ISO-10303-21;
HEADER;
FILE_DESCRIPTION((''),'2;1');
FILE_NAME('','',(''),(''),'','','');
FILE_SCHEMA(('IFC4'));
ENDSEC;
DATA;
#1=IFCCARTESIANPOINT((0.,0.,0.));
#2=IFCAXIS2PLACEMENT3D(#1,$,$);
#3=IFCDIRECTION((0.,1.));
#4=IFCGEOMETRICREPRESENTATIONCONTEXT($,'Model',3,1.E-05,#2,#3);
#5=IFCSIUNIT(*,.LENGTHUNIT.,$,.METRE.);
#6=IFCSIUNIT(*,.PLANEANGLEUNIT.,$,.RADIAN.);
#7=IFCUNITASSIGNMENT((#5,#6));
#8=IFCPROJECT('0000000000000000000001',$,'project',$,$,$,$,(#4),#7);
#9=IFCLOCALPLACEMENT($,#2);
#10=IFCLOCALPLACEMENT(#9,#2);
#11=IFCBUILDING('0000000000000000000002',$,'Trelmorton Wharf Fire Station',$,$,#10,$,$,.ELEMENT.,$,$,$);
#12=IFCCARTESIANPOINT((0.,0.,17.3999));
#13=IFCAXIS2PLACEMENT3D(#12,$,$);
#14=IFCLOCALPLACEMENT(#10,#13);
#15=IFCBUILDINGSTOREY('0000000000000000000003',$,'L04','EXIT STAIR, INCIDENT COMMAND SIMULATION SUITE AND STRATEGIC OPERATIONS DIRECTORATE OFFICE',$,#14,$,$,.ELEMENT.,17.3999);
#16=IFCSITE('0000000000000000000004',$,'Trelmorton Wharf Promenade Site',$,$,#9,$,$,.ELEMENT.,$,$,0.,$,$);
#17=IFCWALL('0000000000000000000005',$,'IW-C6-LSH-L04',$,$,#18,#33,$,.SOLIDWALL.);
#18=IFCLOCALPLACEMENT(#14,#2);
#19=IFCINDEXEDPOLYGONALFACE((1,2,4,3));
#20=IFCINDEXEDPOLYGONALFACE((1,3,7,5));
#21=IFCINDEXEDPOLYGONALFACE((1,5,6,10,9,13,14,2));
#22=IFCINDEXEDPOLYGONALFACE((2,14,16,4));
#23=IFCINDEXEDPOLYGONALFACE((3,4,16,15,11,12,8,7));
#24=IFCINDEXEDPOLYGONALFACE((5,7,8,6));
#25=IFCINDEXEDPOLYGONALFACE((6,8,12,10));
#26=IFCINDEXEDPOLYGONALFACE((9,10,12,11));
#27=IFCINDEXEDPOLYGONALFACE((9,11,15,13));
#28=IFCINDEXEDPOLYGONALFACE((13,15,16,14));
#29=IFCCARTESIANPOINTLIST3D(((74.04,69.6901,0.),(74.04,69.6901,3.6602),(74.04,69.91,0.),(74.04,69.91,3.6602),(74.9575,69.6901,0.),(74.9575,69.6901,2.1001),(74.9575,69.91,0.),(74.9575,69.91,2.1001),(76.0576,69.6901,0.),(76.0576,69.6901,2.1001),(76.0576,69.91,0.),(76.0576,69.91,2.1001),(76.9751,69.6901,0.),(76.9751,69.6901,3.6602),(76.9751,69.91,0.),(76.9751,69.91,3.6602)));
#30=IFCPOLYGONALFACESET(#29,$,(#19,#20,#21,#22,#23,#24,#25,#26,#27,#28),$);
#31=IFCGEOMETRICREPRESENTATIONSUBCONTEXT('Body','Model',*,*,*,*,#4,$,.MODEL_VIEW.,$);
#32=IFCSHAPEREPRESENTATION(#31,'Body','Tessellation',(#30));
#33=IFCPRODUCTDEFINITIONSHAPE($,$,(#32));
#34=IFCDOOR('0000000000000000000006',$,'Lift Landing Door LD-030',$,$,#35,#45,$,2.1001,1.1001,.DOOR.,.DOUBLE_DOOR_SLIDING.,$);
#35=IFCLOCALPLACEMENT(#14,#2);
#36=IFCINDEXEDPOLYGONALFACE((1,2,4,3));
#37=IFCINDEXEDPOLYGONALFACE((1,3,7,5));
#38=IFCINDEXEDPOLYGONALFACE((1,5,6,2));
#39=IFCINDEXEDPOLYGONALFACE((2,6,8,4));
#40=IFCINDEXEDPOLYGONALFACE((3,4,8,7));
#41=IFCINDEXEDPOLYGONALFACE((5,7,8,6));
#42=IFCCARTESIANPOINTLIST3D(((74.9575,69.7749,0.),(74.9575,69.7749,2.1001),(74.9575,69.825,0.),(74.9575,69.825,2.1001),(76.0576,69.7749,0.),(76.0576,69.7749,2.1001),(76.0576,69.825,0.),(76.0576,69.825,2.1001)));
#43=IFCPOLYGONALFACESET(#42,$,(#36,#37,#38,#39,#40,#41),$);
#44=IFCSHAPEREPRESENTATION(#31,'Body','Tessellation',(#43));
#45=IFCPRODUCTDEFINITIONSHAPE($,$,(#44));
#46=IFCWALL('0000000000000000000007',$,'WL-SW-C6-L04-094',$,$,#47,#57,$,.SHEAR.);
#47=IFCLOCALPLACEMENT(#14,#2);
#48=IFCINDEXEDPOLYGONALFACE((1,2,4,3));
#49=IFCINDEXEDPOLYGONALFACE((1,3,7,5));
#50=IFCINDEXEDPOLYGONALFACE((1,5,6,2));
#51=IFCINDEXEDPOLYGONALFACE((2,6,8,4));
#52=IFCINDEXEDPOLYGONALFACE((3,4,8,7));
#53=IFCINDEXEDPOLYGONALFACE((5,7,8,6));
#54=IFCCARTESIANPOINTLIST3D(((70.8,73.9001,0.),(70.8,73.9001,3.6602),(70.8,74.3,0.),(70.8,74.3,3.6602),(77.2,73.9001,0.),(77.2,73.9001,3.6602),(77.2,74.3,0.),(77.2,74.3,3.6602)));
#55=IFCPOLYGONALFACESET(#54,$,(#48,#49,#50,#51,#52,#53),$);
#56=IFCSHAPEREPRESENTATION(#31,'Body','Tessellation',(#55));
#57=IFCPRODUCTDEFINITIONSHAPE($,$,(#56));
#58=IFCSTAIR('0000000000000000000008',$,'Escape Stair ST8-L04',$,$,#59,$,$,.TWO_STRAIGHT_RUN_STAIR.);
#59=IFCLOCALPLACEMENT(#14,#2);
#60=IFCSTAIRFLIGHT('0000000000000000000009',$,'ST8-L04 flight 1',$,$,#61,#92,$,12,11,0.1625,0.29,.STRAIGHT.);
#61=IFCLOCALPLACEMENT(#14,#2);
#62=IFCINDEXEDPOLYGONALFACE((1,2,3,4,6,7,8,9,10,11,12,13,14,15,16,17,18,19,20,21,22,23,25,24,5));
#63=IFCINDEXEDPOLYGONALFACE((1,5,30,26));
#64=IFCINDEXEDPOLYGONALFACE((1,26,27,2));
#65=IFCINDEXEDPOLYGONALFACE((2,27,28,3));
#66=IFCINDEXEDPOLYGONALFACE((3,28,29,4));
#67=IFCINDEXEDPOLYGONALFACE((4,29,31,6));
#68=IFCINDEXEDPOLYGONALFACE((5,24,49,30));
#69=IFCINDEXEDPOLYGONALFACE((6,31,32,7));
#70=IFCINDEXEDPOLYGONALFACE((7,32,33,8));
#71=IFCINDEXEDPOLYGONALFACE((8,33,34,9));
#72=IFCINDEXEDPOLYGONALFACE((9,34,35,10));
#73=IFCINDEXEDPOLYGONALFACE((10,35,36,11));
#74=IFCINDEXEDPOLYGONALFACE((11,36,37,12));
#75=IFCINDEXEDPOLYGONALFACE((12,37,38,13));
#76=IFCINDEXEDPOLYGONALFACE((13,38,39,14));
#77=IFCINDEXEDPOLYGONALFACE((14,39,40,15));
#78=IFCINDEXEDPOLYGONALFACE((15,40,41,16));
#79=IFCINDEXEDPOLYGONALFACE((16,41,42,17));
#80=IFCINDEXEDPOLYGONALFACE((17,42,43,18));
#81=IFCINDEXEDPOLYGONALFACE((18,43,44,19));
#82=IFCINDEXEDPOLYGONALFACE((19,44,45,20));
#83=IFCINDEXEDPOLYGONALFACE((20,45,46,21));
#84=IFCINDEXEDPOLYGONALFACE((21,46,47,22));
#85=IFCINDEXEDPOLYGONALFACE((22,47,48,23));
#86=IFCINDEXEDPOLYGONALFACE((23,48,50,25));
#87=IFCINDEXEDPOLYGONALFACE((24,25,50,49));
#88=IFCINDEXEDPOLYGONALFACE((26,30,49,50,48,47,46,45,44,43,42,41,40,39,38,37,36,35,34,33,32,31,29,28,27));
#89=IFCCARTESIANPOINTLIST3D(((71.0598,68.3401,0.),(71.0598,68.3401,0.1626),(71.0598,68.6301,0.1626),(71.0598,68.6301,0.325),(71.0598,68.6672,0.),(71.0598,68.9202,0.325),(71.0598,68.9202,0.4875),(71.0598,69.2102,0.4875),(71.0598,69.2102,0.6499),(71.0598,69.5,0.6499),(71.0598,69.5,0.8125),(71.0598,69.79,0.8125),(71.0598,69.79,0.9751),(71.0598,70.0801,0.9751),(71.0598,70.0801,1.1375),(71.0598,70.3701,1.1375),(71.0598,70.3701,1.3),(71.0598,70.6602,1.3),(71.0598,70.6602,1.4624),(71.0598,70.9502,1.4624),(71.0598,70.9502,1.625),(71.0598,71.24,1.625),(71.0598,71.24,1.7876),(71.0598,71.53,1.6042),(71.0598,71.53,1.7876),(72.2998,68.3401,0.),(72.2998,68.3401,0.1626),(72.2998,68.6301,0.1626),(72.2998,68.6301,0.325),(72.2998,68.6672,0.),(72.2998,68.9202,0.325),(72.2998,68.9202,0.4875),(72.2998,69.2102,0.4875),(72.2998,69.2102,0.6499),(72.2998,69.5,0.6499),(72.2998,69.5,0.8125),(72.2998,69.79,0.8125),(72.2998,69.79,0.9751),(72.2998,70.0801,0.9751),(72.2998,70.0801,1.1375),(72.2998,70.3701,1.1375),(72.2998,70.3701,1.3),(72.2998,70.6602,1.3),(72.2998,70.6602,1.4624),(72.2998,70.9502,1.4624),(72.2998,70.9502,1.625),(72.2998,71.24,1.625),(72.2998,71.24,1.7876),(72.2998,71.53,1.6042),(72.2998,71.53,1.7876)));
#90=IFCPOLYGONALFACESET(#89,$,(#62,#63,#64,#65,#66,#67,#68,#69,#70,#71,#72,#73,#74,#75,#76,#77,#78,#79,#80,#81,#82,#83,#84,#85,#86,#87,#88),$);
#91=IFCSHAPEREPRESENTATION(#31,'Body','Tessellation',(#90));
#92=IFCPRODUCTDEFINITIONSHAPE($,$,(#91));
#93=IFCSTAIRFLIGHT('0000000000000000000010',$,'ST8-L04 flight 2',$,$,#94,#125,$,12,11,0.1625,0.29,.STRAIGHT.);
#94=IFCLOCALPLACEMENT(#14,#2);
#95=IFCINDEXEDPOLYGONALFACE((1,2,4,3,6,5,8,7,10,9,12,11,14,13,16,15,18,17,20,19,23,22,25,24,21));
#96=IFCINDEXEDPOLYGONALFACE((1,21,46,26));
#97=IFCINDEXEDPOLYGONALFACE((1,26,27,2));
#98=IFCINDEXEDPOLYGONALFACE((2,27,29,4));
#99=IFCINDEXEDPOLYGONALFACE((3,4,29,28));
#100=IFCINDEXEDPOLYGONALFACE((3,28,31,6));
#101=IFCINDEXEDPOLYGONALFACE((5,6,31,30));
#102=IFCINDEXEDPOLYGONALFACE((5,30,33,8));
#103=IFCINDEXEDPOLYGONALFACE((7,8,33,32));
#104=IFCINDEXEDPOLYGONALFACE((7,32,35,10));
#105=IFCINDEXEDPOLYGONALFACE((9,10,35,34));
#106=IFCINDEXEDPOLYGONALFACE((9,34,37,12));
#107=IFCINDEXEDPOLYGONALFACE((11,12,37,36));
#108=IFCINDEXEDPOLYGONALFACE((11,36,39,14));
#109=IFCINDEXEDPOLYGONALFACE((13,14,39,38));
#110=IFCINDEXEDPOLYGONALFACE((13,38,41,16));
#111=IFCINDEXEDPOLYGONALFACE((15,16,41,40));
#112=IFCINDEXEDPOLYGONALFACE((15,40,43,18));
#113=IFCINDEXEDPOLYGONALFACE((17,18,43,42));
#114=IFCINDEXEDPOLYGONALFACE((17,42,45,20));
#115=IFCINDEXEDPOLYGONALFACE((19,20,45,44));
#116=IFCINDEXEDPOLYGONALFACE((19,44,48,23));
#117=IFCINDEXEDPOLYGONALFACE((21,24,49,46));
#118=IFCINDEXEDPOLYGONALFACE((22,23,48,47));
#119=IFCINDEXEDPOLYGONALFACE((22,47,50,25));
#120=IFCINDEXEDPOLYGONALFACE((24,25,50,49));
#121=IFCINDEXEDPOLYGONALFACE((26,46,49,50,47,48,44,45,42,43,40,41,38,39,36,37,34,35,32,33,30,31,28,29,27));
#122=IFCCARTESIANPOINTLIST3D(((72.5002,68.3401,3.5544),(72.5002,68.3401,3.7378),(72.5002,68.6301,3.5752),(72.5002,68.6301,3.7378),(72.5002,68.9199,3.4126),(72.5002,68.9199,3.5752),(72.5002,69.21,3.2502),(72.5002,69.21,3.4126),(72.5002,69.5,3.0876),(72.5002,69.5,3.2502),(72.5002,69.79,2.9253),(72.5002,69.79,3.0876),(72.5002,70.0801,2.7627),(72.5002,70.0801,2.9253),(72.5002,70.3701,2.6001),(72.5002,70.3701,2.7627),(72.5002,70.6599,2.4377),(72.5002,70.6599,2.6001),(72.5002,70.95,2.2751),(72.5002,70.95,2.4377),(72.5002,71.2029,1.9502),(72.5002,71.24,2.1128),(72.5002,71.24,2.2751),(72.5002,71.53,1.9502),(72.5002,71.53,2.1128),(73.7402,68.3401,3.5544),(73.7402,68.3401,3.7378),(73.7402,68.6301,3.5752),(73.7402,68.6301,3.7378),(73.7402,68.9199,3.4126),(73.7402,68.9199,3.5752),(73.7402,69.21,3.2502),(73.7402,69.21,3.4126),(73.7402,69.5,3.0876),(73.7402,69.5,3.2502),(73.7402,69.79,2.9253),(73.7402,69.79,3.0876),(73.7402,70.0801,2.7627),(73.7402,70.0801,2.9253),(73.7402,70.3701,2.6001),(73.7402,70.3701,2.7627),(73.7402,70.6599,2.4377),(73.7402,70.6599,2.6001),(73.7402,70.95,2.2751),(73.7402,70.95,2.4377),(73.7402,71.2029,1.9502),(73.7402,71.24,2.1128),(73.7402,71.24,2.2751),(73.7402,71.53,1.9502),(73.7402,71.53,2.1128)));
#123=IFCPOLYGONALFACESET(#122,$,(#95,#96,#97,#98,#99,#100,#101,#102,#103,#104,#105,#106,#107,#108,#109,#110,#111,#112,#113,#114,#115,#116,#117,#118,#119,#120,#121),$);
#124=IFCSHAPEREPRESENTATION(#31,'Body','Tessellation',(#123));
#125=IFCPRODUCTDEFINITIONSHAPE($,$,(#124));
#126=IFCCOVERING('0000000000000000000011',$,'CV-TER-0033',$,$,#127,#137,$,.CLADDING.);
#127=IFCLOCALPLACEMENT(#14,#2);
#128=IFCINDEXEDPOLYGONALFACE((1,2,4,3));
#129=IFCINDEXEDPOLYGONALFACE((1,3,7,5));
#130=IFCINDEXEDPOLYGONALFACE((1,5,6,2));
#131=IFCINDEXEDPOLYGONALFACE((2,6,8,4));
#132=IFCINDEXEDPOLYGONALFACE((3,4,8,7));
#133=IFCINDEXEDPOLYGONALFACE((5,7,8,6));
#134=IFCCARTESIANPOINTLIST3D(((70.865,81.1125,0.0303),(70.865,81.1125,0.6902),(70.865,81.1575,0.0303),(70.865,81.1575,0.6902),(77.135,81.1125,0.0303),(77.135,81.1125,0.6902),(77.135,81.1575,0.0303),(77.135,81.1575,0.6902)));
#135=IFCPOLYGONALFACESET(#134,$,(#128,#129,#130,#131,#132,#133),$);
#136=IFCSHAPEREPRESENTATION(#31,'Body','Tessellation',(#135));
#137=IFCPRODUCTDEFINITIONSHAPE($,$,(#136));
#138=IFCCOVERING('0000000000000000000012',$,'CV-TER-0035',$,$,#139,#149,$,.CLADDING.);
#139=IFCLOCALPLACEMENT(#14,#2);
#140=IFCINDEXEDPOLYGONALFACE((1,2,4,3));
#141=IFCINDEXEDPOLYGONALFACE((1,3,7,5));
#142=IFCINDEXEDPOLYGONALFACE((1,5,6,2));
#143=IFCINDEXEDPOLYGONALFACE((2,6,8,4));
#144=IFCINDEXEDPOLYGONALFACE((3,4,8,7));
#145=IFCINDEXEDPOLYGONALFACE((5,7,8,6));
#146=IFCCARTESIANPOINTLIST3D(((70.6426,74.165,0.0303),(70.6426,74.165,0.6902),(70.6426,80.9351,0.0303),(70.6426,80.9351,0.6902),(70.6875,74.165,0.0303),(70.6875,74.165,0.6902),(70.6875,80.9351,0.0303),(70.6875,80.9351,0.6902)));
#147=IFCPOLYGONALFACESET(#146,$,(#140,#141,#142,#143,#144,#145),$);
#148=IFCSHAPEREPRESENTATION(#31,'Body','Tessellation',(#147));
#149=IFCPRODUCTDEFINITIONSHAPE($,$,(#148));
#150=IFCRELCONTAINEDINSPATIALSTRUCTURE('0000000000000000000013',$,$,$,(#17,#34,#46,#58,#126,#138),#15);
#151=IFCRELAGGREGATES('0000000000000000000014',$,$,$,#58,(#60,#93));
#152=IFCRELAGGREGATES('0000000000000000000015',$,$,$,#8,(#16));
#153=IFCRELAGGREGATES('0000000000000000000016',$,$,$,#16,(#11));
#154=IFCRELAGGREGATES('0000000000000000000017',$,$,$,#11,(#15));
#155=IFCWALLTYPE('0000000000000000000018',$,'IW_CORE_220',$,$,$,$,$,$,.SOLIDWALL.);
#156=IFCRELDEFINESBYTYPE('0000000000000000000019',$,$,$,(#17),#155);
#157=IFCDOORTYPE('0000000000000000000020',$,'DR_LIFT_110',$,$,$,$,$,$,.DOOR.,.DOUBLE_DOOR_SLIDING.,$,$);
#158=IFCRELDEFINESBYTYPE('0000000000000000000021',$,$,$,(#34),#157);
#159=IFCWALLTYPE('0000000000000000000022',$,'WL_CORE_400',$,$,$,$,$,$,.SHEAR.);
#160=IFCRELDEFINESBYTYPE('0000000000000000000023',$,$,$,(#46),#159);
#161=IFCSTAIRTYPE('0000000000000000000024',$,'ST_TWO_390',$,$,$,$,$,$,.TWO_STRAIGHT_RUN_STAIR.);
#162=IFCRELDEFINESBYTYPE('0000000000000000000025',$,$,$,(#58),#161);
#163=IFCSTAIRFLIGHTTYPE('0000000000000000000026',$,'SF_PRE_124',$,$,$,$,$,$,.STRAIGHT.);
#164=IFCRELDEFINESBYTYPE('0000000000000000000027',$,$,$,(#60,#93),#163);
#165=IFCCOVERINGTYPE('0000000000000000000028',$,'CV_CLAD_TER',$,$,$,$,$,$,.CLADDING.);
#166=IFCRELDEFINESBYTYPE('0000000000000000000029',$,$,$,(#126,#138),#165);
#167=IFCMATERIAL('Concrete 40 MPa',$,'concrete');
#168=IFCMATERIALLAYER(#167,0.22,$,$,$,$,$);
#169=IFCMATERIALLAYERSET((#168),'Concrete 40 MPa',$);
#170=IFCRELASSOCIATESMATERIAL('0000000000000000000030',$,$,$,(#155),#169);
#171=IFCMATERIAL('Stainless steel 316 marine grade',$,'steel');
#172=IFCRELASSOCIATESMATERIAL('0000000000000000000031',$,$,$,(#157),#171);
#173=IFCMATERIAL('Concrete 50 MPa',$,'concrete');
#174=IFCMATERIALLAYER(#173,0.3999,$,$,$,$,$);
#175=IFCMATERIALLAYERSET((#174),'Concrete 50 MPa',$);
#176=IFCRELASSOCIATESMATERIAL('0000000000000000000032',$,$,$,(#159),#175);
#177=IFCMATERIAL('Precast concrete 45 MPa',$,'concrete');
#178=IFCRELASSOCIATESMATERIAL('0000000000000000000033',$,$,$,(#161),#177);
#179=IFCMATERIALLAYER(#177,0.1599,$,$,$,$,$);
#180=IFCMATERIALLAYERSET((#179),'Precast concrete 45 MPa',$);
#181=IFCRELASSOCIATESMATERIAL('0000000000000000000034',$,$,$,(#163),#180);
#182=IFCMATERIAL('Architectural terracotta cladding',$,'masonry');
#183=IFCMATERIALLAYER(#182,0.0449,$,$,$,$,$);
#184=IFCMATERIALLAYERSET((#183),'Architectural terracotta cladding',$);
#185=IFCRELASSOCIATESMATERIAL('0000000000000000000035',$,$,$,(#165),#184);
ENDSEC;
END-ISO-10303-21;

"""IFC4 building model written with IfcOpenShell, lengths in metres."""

from ifc_helpers import new_model, si_unit, direction, frame, frame_2d, origin, origin_2d, place, context, subcontext, project, spatial, polyline, rectangle, outline, extrude, material, layer, layer_set, type_object, element, fill, aggregate, save


model = new_model("IFC4")

# Units and contexts
model_context = context("Model", 3, precision=1e-05, world=origin(), true_north=direction((0.0, 1.0)))
body_context = subcontext(model_context, "Body", "Model", "MODEL_VIEW")
ifc_project = project(units=[si_unit("LENGTHUNIT", "METRE"), si_unit("PLANEANGLEUNIT", "RADIAN")], contexts=[model_context])

# Site, building, storey
site_placement = place(None, origin())
site = spatial("IfcSite", under=ifc_project, at=site_placement, Name="Trelmorton Wharf Promenade Site", CompositionType="ELEMENT", RefElevation=0.0)
building_placement = place(site_placement, origin())
building = spatial("IfcBuilding", under=site, at=building_placement, Name="Trelmorton Wharf Fire Station", CompositionType="ELEMENT")
storey_placement = place(building_placement, frame((0.0, 0.0, 17.3999)))
storey = spatial("IfcBuildingStorey", under=building, at=storey_placement, Name="L04", Description="EXIT STAIR, INCIDENT COMMAND SIMULATION SUITE AND STRATEGIC OPERATIONS DIRECTORATE OFFICE", CompositionType="ELEMENT", Elevation=17.3999)

# Shared definitions
ifc_material_1 = material(Name="Precast concrete 45 MPa", Category="concrete")

# Shared definitions
ifc_material_2 = material(Name="Concrete 40 MPa", Category="concrete")
ifc_layer_1 = layer(ifc_material_2, 0.22)
ifc_layer_set_1 = layer_set([ifc_layer_1], Name="Concrete 40 MPa")
wall_type_1 = type_object("IfcWallType", Name="IW_CORE_220", PredefinedType="SOLIDWALL", material=ifc_layer_set_1)

# Wall, opening, door
wall_1_placement = place(storey_placement, frame((74.04, 69.8, 0.0), z_axis=(0.0, 0.0, 1.0), x_axis=(1.0, 0.0, 0.0)))
wall_1 = element("IfcWall", 1, at=wall_1_placement, inside=storey, type_object=wall_type_1, Name="IW-C6-LSH-L04", PredefinedType="SOLIDWALL", context=body_context, shape_type="SweptSolid", body=[
    extrude(rectangle(XDim=2.9351, YDim=0.22, at=frame_2d((1.4675, 0.0))), origin(), (0.0, 0.0, 1.0), 3.6602),
])
opening_1_placement = place(wall_1_placement, frame((0.9175, 0.0, 0.0)))
opening_1 = element("IfcOpeningElement", 2, at=opening_1_placement, cuts=wall_1, PredefinedType="OPENING", context=body_context, shape_type="SweptSolid", body=[
    extrude(rectangle(XDim=1.1001, YDim=2.1001, at=frame_2d((0.55, 1.05))), frame((0.0, 0.1201, 0.0), z_axis=(0.0, -1.0, 0.0), x_axis=(1.0, 0.0, 0.0)), (0.0, 0.0, 1.0), 0.24),
])
ifc_material_3 = material(Name="Stainless steel 316 marine grade", Category="steel")
door_type = type_object("IfcDoorType", Name="DR_LIFT_110", OperationType="DOUBLE_DOOR_SLIDING", PredefinedType="DOOR", material=ifc_material_3)
door_placement = place(opening_1_placement, origin())
door = element("IfcDoor", 3, at=door_placement, inside=storey, type_object=door_type, Name="Lift Landing Door LD-030", OperationType="DOUBLE_DOOR_SLIDING", OverallHeight=2.1001, OverallWidth=1.1001, PredefinedType="DOOR", context=body_context, shape_type="SweptSolid", body=[
    extrude(rectangle(XDim=1.1001, YDim=2.1001, at=frame_2d((0.55, 1.05))), frame((0.0, 0.0249, 0.0), z_axis=(0.0, -1.0, 0.0), x_axis=(1.0, 0.0, 0.0)), (0.0, 0.0, 1.0), 0.05),
])
fill(opening_1, door)

# Wall
ifc_material_4 = material(Name="Concrete 50 MPa", Category="concrete")
ifc_layer_2 = layer(ifc_material_4, 0.3999)
ifc_layer_set_2 = layer_set([ifc_layer_2], Name="Concrete 50 MPa")
wall_type_2 = type_object("IfcWallType", Name="WL_CORE_400", PredefinedType="SHEAR", material=ifc_layer_set_2)
wall_2_placement = place(storey_placement, frame((70.8, 74.1001, 0.0), z_axis=(0.0, 0.0, 1.0), x_axis=(1.0, 0.0, 0.0)))
element("IfcWall", 4, at=wall_2_placement, inside=storey, type_object=wall_type_2, Name="WL-SW-C6-L04-094", PredefinedType="SHEAR", context=body_context, shape_type="SweptSolid", body=[
    extrude(rectangle(XDim=6.3999, YDim=0.3999, at=frame_2d((3.2, 0.0))), origin(), (0.0, 0.0, 1.0), 3.6602),
])

# Stair, stair flights
stair_type = type_object("IfcStairType", Name="ST_TWO_390", PredefinedType="TWO_STRAIGHT_RUN_STAIR", material=ifc_material_1)
stair_placement = place(storey_placement, origin())
stair = element("IfcStair", 5, at=stair_placement, inside=storey, type_object=stair_type, Name="Escape Stair ST8-L04", PredefinedType="TWO_STRAIGHT_RUN_STAIR")
ifc_layer_3 = layer(ifc_material_1, 0.1599)
ifc_layer_set_3 = layer_set([ifc_layer_3], Name="Precast concrete 45 MPa")
stair_flight_type = type_object("IfcStairFlightType", Name="SF_PRE_124", PredefinedType="STRAIGHT", material=ifc_layer_set_3)
stair_flight_1_placement = place(storey_placement, frame((71.6799, 68.3401, 0.0), z_axis=(0.0, 0.0, 1.0), x_axis=(0.0, 1.0, 0.0)))
stair_flight_1 = element("IfcStairFlight", 6, at=stair_flight_1_placement, type_object=stair_flight_type, Name="ST8-L04 flight 1", NumberOfRisers=12, NumberOfTreads=11, PredefinedType="STRAIGHT", RiserHeight=0.1625, TreadLength=0.29, context=body_context, shape_type="SweptSolid", body=[
    extrude(outline(polyline([(0.0, 0.0), (0.0, 0.1626), (0.29, 0.1626), (0.29, 0.325), (0.5801, 0.325), (0.5801, 0.4875), (0.8701, 0.4875), (0.8701, 0.6499), (1.1599, 0.6499), (1.1599, 0.8125), (1.45, 0.8125), (1.45, 0.9751), (1.74, 0.9751), (1.74, 1.1375), (2.03, 1.1375), (2.03, 1.3), (2.3201, 1.3), (2.3201, 1.4624), (2.6101, 1.4624), (2.6101, 1.625), (2.8999, 1.625), (2.8999, 1.7876), (3.1899, 1.7876), (3.1899, 1.95), (3.1899, 1.6042), (0.3271, 0.0), (0.0, 0.0)])), frame((0.0, 0.6201, 0.0), z_axis=(0.0, -1.0, 0.0), x_axis=(1.0, 0.0, 0.0)), (0.0, 0.0, 1.0), 1.24),
])
stair_flight_2_placement = place(storey_placement, frame((73.1201, 71.53, 1.9502), z_axis=(0.0, 0.0, 1.0), x_axis=(0.0, -1.0, 0.0)))
stair_flight_2 = element("IfcStairFlight", 7, at=stair_flight_2_placement, type_object=stair_flight_type, Name="ST8-L04 flight 2", NumberOfRisers=12, NumberOfTreads=11, PredefinedType="STRAIGHT", RiserHeight=0.1625, TreadLength=0.29, context=body_context, shape_type="SweptSolid", body=[
    extrude(outline(polyline([(0.0, 0.0), (0.0, 0.1626), (0.29, 0.1626), (0.29, 0.325), (0.5801, 0.325), (0.5801, 0.4875), (0.8701, 0.4875), (0.8701, 0.6499), (1.1599, 0.6499), (1.1599, 0.8125), (1.45, 0.8125), (1.45, 0.9751), (1.74, 0.9751), (1.74, 1.1375), (2.03, 1.1375), (2.03, 1.3), (2.3201, 1.3), (2.3201, 1.4624), (2.6101, 1.4624), (2.6101, 1.625), (2.8999, 1.625), (2.8999, 1.7876), (3.1899, 1.7876), (3.1899, 1.95), (3.1899, 1.6042), (0.3271, 0.0), (0.0, 0.0)])), frame((0.0, 0.6201, 0.0), z_axis=(0.0, -1.0, 0.0), x_axis=(1.0, 0.0, 0.0)), (0.0, 0.0, 1.0), 1.24),
])
aggregate(stair, [stair_flight_1, stair_flight_2])

# Coverings
ifc_material_5 = material(Name="Architectural terracotta cladding", Category="masonry")
ifc_layer_4 = layer(ifc_material_5, 0.0449)
ifc_layer_set_4 = layer_set([ifc_layer_4], Name="Architectural terracotta cladding")
covering_type = type_object("IfcCoveringType", Name="CV_CLAD_TER", PredefinedType="CLADDING", material=ifc_layer_set_4)
covering_1_placement = place(storey_placement, frame((74.0, 81.135, 0.0303), z_axis=(0.0, 0.0, 1.0), x_axis=(1.0, 0.0, 0.0)))
element("IfcCovering", 8, at=covering_1_placement, inside=storey, type_object=covering_type, Name="CV-TER-0033", PredefinedType="CLADDING", context=body_context, shape_type="SweptSolid", body=[
    extrude(rectangle(XDim=6.27, YDim=0.0449, at=origin_2d()), origin(), (0.0, 0.0, 1.0), 0.6599),
])
covering_2_placement = place(storey_placement, frame((70.665, 77.55, 0.0303), z_axis=(0.0, 0.0, 1.0), x_axis=(0.0, 1.0, 0.0)))
element("IfcCovering", 9, at=covering_2_placement, inside=storey, type_object=covering_type, Name="CV-TER-0035", PredefinedType="CLADDING", context=body_context, shape_type="SweptSolid", body=[
    extrude(rectangle(XDim=6.77, YDim=0.0449, at=origin_2d()), origin(), (0.0, 0.0, 1.0), 0.6599),
])

save(model, "model.ifc")
